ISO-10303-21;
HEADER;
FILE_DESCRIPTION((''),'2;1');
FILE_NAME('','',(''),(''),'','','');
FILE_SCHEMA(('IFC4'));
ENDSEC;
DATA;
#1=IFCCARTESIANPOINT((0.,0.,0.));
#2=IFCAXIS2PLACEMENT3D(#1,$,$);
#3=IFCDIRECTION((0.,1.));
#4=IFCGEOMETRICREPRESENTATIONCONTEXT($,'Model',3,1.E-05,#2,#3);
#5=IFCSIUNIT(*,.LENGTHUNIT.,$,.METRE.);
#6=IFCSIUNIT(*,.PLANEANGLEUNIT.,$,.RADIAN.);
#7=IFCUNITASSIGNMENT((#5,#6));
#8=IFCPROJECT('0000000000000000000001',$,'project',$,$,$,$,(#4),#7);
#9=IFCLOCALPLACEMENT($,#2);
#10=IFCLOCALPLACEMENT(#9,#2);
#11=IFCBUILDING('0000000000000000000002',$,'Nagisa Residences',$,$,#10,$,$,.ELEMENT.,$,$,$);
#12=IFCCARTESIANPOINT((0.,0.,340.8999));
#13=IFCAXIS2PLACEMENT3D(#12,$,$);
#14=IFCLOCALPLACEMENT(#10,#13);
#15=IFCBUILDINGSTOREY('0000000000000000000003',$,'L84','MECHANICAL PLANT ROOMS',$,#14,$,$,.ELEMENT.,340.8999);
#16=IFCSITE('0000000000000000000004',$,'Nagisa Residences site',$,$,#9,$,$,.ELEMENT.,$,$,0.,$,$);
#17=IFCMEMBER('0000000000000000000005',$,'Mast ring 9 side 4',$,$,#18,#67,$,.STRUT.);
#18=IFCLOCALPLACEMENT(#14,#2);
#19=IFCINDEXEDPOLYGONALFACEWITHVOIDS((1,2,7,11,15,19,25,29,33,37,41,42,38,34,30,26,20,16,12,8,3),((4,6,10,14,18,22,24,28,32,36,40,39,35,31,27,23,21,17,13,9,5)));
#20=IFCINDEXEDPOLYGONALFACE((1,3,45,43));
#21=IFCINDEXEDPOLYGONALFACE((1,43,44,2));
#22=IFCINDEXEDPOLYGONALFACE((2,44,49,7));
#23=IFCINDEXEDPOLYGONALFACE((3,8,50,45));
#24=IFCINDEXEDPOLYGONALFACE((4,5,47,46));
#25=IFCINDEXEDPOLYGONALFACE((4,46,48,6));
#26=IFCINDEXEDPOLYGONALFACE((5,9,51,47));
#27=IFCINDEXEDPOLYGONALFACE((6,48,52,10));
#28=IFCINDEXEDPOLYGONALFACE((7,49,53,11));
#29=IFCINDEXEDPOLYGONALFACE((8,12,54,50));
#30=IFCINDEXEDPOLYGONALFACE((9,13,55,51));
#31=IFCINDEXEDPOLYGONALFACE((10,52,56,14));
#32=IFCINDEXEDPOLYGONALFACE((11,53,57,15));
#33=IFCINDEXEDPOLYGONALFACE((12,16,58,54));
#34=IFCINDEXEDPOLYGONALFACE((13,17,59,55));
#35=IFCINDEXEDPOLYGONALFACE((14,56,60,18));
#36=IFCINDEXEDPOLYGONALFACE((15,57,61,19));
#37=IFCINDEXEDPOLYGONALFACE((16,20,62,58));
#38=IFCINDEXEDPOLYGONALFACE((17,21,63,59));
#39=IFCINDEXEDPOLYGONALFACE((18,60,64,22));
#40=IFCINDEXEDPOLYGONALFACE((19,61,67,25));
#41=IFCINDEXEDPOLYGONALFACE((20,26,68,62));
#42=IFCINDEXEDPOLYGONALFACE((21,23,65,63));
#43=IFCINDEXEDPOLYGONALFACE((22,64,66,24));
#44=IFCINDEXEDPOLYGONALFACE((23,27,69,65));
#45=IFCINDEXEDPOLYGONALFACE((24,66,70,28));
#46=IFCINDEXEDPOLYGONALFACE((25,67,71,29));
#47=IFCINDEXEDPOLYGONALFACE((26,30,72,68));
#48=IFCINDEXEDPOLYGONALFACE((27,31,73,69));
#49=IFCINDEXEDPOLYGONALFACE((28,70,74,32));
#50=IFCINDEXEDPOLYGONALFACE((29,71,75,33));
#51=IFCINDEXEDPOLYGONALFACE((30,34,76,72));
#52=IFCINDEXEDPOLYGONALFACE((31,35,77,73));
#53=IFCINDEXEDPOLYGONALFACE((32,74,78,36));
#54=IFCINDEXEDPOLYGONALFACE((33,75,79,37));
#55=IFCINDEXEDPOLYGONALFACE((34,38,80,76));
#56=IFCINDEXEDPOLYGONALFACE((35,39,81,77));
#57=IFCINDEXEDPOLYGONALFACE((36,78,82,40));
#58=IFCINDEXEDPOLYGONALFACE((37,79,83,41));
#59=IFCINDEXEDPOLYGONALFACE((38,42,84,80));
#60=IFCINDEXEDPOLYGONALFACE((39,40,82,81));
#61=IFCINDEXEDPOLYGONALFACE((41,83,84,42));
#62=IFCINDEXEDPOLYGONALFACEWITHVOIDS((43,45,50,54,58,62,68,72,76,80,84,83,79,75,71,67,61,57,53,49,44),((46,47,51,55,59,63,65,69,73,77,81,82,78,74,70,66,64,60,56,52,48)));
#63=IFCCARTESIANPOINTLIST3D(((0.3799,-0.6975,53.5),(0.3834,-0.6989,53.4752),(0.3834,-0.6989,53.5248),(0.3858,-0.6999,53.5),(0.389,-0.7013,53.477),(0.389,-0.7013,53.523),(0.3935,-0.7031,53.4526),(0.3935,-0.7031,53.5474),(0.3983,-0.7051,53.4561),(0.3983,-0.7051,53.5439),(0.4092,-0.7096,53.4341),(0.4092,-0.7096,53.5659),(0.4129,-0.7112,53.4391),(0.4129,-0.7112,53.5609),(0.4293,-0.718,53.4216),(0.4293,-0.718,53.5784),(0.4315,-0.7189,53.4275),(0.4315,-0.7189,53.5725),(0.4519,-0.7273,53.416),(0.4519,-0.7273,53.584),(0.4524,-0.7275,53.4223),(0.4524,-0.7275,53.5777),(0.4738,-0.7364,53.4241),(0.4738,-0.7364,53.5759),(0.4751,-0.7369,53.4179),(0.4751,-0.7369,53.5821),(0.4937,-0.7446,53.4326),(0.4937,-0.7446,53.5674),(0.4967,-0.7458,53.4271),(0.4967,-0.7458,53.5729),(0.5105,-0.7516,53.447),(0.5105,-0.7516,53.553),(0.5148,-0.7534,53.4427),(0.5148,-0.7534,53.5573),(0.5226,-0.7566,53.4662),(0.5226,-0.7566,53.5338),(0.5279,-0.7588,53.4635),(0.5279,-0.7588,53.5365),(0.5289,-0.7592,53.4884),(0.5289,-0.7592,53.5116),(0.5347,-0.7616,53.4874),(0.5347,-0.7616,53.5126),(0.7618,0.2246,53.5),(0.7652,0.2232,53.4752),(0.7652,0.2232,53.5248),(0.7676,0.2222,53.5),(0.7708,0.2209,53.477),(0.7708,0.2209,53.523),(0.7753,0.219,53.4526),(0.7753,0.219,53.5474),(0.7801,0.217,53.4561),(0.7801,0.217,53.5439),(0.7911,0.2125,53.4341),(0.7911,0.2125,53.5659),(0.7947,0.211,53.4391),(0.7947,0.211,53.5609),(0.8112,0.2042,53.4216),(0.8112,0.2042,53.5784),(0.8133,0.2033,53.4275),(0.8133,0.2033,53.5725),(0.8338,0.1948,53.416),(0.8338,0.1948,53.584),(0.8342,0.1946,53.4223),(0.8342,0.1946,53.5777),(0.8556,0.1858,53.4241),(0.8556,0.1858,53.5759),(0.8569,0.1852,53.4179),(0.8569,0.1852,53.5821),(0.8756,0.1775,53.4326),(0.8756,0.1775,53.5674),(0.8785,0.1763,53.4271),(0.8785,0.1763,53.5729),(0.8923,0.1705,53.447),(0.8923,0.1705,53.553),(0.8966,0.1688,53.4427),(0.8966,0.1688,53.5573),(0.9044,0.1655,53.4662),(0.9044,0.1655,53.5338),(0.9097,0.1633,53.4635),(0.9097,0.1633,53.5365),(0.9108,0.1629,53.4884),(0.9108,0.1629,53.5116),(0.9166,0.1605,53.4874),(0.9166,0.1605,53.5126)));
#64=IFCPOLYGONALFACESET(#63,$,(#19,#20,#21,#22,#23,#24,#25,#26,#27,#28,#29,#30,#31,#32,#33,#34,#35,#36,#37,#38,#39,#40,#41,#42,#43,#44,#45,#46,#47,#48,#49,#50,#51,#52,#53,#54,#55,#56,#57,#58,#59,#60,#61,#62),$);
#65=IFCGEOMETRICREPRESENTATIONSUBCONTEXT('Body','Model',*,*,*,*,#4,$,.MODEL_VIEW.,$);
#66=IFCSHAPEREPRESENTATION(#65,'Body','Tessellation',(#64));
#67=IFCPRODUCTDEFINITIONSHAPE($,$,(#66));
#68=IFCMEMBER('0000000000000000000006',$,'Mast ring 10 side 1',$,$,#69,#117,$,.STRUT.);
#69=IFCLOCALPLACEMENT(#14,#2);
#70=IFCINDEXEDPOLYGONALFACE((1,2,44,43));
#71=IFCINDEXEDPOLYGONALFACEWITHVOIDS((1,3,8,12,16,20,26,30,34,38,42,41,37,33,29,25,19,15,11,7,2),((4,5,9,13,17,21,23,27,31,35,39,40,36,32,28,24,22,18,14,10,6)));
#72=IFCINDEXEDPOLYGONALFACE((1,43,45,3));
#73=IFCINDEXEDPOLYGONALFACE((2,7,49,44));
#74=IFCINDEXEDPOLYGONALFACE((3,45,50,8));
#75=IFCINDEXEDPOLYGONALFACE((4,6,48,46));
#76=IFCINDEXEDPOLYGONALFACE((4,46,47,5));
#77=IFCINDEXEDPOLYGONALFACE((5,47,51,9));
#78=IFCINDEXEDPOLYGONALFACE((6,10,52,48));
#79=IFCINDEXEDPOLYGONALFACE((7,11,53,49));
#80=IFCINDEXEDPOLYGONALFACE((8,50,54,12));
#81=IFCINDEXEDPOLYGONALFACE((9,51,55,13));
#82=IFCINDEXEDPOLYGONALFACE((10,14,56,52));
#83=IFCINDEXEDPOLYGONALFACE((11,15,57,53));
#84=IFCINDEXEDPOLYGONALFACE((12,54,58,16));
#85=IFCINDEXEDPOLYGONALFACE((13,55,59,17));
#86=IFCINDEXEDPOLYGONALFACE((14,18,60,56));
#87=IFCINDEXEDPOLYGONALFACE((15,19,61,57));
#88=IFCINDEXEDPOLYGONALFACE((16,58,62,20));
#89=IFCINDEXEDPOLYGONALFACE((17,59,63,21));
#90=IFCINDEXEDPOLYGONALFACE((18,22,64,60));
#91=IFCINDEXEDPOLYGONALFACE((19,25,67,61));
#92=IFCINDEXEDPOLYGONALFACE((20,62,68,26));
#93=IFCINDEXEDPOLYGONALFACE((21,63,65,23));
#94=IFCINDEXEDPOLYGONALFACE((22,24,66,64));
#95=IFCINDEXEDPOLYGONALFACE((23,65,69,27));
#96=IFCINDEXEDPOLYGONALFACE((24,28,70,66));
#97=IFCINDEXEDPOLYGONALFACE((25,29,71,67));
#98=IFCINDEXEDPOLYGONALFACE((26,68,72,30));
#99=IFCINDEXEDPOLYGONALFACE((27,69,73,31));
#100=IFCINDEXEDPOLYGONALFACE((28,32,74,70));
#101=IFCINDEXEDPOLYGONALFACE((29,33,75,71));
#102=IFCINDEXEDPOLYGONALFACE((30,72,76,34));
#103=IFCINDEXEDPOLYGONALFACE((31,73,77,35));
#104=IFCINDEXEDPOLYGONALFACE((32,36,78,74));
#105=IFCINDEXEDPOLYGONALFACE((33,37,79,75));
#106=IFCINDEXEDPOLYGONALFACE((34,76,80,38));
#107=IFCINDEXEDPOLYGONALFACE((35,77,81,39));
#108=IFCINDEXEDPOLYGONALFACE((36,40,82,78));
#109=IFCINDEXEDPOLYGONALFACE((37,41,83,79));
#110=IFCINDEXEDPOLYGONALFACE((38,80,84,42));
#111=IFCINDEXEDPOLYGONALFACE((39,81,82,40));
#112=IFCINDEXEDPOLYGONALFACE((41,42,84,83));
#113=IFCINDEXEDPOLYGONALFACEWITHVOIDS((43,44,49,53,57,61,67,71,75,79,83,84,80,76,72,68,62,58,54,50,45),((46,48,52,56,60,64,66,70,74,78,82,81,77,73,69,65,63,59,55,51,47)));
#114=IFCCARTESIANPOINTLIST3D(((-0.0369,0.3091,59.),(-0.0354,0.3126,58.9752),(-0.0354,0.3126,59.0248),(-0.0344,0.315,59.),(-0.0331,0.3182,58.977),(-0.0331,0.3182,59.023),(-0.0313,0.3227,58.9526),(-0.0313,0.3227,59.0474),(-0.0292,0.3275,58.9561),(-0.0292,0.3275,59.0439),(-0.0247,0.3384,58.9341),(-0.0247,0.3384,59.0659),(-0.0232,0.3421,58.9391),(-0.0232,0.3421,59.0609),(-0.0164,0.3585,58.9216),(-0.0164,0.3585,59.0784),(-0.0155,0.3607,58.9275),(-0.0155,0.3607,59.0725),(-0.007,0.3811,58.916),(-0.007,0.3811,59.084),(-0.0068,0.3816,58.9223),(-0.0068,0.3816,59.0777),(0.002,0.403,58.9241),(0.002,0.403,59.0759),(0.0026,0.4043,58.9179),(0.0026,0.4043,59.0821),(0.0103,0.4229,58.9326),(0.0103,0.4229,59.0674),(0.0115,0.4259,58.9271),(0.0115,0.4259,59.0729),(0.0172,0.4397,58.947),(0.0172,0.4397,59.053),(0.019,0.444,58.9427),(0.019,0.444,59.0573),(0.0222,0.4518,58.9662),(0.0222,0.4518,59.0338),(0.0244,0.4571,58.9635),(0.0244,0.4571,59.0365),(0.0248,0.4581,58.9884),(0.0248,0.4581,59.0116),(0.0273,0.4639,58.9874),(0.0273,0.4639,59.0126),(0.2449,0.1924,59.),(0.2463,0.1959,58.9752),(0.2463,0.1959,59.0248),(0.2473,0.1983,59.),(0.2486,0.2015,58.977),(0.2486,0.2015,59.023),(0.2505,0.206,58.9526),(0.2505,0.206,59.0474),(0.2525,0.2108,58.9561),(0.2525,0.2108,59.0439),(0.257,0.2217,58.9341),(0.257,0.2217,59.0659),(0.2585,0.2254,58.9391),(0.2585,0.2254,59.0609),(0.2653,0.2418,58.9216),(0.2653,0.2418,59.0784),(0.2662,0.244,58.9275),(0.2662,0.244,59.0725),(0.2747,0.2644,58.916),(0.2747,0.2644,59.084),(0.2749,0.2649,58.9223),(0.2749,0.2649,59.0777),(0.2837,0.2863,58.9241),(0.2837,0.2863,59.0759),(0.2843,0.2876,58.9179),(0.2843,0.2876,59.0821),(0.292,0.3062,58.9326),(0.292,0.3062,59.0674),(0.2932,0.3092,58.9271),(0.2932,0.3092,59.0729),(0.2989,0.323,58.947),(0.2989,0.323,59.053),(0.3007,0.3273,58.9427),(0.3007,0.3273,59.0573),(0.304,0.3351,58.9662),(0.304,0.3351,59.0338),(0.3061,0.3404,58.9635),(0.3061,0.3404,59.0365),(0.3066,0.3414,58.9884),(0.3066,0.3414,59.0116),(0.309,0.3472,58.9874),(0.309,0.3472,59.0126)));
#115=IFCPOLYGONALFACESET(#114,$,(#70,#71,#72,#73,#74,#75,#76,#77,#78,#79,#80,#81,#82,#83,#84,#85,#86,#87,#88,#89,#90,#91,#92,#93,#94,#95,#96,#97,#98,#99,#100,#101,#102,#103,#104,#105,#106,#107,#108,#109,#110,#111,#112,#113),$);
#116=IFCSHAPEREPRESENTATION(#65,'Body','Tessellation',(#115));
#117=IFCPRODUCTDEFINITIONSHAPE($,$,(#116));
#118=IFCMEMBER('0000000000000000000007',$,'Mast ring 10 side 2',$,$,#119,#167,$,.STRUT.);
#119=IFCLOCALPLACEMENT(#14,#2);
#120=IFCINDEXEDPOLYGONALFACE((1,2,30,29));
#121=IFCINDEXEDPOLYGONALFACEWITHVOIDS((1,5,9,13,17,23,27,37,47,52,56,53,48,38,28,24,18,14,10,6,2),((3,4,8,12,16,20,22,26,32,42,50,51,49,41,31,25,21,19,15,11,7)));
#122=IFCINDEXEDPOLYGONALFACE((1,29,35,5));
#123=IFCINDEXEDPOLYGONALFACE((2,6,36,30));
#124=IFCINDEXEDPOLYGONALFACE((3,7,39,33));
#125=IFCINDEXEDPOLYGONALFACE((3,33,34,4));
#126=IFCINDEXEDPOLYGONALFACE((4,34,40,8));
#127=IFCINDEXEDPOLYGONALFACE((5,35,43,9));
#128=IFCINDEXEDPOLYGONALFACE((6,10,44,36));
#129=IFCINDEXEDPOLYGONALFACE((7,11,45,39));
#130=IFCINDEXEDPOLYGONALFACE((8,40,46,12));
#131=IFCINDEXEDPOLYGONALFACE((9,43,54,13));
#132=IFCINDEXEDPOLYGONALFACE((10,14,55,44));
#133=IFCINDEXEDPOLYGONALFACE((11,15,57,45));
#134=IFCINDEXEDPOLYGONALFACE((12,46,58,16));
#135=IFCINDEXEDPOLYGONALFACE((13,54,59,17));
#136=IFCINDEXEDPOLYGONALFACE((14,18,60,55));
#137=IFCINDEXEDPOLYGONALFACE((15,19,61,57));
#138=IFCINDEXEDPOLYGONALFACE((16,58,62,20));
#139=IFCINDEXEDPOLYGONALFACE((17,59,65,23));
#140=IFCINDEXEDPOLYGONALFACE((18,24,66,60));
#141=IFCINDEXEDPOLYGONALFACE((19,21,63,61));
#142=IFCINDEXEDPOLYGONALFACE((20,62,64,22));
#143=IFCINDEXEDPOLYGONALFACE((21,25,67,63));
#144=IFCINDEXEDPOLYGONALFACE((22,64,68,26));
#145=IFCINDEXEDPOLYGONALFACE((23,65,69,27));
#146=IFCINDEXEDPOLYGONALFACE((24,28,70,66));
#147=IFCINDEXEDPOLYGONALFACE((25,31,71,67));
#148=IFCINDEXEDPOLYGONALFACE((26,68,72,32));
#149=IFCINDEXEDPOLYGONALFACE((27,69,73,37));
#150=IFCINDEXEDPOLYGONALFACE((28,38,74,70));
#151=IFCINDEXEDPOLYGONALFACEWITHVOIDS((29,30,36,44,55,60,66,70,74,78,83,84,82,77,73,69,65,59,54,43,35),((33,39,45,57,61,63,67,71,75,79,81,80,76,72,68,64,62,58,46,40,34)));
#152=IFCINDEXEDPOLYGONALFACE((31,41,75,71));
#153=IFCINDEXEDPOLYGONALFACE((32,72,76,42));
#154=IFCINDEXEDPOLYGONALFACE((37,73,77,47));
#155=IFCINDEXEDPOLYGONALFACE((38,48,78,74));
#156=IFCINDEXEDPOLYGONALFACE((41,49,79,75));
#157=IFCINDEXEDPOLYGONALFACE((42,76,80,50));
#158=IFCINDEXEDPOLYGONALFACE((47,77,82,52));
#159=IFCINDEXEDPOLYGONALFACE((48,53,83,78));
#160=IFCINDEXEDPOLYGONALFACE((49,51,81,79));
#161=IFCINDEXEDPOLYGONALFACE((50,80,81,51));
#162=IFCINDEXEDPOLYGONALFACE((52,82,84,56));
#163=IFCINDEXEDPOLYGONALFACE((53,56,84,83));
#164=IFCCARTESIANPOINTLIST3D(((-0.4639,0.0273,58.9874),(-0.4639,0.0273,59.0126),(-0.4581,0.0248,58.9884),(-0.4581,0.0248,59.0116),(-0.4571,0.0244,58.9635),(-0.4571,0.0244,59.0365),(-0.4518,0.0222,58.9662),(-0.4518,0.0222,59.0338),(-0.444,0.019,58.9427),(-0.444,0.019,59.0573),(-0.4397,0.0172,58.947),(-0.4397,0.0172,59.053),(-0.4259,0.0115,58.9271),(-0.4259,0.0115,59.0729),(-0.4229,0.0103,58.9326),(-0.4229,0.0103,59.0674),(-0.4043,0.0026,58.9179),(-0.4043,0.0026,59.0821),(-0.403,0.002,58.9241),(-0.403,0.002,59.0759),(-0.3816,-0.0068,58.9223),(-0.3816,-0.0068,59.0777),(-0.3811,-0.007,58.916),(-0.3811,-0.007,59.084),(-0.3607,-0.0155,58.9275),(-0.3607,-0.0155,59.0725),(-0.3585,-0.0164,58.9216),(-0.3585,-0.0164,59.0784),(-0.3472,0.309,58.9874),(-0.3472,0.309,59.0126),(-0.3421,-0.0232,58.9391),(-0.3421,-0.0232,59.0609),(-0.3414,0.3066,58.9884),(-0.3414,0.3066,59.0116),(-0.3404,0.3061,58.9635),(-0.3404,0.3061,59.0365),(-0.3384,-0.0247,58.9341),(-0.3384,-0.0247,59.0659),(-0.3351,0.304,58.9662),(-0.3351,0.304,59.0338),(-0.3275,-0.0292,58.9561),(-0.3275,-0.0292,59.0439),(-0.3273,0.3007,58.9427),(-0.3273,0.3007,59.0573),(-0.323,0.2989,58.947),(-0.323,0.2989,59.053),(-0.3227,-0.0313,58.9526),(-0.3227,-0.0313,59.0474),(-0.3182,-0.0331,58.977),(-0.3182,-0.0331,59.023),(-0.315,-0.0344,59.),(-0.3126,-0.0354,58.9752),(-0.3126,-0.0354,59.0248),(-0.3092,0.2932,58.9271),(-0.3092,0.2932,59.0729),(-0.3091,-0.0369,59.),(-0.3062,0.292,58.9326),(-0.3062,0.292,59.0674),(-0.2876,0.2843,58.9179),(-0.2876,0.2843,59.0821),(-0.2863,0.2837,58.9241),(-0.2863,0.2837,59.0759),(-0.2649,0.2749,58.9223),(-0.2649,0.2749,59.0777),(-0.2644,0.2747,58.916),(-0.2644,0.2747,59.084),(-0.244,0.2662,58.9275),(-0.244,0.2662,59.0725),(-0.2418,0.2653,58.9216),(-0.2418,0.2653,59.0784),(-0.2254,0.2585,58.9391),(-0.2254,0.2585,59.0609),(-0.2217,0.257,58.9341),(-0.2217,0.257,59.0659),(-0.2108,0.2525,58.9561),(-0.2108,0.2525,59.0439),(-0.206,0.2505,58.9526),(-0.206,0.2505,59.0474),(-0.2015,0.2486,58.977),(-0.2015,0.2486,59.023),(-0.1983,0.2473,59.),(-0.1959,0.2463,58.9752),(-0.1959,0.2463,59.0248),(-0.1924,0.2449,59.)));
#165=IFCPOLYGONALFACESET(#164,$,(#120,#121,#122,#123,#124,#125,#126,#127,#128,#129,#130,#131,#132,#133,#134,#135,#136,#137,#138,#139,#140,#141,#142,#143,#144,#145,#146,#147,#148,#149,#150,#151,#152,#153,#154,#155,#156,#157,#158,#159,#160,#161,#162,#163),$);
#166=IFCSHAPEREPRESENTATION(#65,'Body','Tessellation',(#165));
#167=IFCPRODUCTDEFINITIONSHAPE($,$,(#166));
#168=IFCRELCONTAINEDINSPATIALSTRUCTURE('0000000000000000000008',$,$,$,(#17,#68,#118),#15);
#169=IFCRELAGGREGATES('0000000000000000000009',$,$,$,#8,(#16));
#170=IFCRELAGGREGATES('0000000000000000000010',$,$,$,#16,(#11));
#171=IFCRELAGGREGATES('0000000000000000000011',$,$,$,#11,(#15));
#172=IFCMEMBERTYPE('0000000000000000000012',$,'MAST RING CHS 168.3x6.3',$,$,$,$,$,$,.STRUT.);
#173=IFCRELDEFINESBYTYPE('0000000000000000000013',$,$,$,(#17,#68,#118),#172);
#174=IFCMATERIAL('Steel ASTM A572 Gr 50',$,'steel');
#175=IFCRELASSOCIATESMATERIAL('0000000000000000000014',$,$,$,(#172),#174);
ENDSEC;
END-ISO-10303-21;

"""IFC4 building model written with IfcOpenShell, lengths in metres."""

from ifc_helpers import new_model, si_unit, direction, frame, origin, origin_2d, place, context, subcontext, project, spatial, hollow_circle, extrude, material, material_profile, profile_set, type_object, element, save


model = new_model("IFC4")

# Units and contexts
model_context = context("Model", 3, precision=1e-05, world=origin(), true_north=direction((0.0, 1.0)))
body_context = subcontext(model_context, "Body", "Model", "MODEL_VIEW")
ifc_project = project(units=[si_unit("LENGTHUNIT", "METRE"), si_unit("PLANEANGLEUNIT", "RADIAN")], contexts=[model_context])

# Site, building, storey
site_placement = place(None, origin())
site = spatial("IfcSite", under=ifc_project, at=site_placement, Name="Nagisa Residences site", CompositionType="ELEMENT", RefElevation=0.0)
building_placement = place(site_placement, origin())
building = spatial("IfcBuilding", under=site, at=building_placement, Name="Nagisa Residences", CompositionType="ELEMENT")
storey_placement = place(building_placement, frame((0.0, 0.0, 340.8999)))
storey = spatial("IfcBuildingStorey", under=building, at=storey_placement, Name="L84", Description="MECHANICAL PLANT ROOMS", CompositionType="ELEMENT", Elevation=340.8999)

# Members
ifc_material_1 = material(Name="Steel ASTM A572 Gr 50", Category="steel")
ifc_material_profile_1 = material_profile(ifc_material_1, hollow_circle(Radius=0.0842, WallThickness=0.0063, at=origin_2d()), Name="MAST RING CHS 168.3x6.3")
ifc_profile_set_1 = profile_set([ifc_material_profile_1], Name="Steel ASTM A572 Gr 50")
member_type_1 = type_object("IfcMemberType", Name="MAST RING CHS 168.3x6.3", PredefinedType="STRUT", material=ifc_profile_set_1)
for number, where, z_axis, x_axis, name in (
    (1, (0.4578, -0.7297, 53.5), (0.382582, 0.923921, 0.0), (-0.923921, 0.382582, 0.0), "Mast ring 9 side 4"),
):
    element("IfcMember", number, at=place(storey_placement, frame(where, z_axis=z_axis, x_axis=x_axis)), inside=storey, type_object=member_type_1, Name=name, PredefinedType="STRUT", context=body_context, shape_type="SweptSolid", body=[
        extrude(hollow_circle(Radius=0.0842, WallThickness=0.0063, at=origin_2d()), origin(), (0.0, 0.0, 1.0), 0.998),
    ])
for number, where, z_axis, x_axis, name in (
    (2, (0.2771, 0.2703, 59.0), (-0.92388, 0.382682, 0.0), (-0.382682, -0.92388, 0.0), "Mast ring 10 side 1"),
    (3, (-0.2703, 0.2771, 59.0), (-0.382682, -0.92388, 0.0), (0.92388, -0.382682, 0.0), "Mast ring 10 side 2"),
):
    element("IfcMember", number, at=place(storey_placement, frame(where, z_axis=z_axis, x_axis=x_axis)), inside=storey, type_object=member_type_1, Name=name, PredefinedType="STRUT", context=body_context, shape_type="SweptSolid", body=[
        extrude(hollow_circle(Radius=0.0842, WallThickness=0.0063, at=origin_2d()), origin(), (0.0, 0.0, 1.0), 0.3049),
    ])

save(model, "model.ifc")
